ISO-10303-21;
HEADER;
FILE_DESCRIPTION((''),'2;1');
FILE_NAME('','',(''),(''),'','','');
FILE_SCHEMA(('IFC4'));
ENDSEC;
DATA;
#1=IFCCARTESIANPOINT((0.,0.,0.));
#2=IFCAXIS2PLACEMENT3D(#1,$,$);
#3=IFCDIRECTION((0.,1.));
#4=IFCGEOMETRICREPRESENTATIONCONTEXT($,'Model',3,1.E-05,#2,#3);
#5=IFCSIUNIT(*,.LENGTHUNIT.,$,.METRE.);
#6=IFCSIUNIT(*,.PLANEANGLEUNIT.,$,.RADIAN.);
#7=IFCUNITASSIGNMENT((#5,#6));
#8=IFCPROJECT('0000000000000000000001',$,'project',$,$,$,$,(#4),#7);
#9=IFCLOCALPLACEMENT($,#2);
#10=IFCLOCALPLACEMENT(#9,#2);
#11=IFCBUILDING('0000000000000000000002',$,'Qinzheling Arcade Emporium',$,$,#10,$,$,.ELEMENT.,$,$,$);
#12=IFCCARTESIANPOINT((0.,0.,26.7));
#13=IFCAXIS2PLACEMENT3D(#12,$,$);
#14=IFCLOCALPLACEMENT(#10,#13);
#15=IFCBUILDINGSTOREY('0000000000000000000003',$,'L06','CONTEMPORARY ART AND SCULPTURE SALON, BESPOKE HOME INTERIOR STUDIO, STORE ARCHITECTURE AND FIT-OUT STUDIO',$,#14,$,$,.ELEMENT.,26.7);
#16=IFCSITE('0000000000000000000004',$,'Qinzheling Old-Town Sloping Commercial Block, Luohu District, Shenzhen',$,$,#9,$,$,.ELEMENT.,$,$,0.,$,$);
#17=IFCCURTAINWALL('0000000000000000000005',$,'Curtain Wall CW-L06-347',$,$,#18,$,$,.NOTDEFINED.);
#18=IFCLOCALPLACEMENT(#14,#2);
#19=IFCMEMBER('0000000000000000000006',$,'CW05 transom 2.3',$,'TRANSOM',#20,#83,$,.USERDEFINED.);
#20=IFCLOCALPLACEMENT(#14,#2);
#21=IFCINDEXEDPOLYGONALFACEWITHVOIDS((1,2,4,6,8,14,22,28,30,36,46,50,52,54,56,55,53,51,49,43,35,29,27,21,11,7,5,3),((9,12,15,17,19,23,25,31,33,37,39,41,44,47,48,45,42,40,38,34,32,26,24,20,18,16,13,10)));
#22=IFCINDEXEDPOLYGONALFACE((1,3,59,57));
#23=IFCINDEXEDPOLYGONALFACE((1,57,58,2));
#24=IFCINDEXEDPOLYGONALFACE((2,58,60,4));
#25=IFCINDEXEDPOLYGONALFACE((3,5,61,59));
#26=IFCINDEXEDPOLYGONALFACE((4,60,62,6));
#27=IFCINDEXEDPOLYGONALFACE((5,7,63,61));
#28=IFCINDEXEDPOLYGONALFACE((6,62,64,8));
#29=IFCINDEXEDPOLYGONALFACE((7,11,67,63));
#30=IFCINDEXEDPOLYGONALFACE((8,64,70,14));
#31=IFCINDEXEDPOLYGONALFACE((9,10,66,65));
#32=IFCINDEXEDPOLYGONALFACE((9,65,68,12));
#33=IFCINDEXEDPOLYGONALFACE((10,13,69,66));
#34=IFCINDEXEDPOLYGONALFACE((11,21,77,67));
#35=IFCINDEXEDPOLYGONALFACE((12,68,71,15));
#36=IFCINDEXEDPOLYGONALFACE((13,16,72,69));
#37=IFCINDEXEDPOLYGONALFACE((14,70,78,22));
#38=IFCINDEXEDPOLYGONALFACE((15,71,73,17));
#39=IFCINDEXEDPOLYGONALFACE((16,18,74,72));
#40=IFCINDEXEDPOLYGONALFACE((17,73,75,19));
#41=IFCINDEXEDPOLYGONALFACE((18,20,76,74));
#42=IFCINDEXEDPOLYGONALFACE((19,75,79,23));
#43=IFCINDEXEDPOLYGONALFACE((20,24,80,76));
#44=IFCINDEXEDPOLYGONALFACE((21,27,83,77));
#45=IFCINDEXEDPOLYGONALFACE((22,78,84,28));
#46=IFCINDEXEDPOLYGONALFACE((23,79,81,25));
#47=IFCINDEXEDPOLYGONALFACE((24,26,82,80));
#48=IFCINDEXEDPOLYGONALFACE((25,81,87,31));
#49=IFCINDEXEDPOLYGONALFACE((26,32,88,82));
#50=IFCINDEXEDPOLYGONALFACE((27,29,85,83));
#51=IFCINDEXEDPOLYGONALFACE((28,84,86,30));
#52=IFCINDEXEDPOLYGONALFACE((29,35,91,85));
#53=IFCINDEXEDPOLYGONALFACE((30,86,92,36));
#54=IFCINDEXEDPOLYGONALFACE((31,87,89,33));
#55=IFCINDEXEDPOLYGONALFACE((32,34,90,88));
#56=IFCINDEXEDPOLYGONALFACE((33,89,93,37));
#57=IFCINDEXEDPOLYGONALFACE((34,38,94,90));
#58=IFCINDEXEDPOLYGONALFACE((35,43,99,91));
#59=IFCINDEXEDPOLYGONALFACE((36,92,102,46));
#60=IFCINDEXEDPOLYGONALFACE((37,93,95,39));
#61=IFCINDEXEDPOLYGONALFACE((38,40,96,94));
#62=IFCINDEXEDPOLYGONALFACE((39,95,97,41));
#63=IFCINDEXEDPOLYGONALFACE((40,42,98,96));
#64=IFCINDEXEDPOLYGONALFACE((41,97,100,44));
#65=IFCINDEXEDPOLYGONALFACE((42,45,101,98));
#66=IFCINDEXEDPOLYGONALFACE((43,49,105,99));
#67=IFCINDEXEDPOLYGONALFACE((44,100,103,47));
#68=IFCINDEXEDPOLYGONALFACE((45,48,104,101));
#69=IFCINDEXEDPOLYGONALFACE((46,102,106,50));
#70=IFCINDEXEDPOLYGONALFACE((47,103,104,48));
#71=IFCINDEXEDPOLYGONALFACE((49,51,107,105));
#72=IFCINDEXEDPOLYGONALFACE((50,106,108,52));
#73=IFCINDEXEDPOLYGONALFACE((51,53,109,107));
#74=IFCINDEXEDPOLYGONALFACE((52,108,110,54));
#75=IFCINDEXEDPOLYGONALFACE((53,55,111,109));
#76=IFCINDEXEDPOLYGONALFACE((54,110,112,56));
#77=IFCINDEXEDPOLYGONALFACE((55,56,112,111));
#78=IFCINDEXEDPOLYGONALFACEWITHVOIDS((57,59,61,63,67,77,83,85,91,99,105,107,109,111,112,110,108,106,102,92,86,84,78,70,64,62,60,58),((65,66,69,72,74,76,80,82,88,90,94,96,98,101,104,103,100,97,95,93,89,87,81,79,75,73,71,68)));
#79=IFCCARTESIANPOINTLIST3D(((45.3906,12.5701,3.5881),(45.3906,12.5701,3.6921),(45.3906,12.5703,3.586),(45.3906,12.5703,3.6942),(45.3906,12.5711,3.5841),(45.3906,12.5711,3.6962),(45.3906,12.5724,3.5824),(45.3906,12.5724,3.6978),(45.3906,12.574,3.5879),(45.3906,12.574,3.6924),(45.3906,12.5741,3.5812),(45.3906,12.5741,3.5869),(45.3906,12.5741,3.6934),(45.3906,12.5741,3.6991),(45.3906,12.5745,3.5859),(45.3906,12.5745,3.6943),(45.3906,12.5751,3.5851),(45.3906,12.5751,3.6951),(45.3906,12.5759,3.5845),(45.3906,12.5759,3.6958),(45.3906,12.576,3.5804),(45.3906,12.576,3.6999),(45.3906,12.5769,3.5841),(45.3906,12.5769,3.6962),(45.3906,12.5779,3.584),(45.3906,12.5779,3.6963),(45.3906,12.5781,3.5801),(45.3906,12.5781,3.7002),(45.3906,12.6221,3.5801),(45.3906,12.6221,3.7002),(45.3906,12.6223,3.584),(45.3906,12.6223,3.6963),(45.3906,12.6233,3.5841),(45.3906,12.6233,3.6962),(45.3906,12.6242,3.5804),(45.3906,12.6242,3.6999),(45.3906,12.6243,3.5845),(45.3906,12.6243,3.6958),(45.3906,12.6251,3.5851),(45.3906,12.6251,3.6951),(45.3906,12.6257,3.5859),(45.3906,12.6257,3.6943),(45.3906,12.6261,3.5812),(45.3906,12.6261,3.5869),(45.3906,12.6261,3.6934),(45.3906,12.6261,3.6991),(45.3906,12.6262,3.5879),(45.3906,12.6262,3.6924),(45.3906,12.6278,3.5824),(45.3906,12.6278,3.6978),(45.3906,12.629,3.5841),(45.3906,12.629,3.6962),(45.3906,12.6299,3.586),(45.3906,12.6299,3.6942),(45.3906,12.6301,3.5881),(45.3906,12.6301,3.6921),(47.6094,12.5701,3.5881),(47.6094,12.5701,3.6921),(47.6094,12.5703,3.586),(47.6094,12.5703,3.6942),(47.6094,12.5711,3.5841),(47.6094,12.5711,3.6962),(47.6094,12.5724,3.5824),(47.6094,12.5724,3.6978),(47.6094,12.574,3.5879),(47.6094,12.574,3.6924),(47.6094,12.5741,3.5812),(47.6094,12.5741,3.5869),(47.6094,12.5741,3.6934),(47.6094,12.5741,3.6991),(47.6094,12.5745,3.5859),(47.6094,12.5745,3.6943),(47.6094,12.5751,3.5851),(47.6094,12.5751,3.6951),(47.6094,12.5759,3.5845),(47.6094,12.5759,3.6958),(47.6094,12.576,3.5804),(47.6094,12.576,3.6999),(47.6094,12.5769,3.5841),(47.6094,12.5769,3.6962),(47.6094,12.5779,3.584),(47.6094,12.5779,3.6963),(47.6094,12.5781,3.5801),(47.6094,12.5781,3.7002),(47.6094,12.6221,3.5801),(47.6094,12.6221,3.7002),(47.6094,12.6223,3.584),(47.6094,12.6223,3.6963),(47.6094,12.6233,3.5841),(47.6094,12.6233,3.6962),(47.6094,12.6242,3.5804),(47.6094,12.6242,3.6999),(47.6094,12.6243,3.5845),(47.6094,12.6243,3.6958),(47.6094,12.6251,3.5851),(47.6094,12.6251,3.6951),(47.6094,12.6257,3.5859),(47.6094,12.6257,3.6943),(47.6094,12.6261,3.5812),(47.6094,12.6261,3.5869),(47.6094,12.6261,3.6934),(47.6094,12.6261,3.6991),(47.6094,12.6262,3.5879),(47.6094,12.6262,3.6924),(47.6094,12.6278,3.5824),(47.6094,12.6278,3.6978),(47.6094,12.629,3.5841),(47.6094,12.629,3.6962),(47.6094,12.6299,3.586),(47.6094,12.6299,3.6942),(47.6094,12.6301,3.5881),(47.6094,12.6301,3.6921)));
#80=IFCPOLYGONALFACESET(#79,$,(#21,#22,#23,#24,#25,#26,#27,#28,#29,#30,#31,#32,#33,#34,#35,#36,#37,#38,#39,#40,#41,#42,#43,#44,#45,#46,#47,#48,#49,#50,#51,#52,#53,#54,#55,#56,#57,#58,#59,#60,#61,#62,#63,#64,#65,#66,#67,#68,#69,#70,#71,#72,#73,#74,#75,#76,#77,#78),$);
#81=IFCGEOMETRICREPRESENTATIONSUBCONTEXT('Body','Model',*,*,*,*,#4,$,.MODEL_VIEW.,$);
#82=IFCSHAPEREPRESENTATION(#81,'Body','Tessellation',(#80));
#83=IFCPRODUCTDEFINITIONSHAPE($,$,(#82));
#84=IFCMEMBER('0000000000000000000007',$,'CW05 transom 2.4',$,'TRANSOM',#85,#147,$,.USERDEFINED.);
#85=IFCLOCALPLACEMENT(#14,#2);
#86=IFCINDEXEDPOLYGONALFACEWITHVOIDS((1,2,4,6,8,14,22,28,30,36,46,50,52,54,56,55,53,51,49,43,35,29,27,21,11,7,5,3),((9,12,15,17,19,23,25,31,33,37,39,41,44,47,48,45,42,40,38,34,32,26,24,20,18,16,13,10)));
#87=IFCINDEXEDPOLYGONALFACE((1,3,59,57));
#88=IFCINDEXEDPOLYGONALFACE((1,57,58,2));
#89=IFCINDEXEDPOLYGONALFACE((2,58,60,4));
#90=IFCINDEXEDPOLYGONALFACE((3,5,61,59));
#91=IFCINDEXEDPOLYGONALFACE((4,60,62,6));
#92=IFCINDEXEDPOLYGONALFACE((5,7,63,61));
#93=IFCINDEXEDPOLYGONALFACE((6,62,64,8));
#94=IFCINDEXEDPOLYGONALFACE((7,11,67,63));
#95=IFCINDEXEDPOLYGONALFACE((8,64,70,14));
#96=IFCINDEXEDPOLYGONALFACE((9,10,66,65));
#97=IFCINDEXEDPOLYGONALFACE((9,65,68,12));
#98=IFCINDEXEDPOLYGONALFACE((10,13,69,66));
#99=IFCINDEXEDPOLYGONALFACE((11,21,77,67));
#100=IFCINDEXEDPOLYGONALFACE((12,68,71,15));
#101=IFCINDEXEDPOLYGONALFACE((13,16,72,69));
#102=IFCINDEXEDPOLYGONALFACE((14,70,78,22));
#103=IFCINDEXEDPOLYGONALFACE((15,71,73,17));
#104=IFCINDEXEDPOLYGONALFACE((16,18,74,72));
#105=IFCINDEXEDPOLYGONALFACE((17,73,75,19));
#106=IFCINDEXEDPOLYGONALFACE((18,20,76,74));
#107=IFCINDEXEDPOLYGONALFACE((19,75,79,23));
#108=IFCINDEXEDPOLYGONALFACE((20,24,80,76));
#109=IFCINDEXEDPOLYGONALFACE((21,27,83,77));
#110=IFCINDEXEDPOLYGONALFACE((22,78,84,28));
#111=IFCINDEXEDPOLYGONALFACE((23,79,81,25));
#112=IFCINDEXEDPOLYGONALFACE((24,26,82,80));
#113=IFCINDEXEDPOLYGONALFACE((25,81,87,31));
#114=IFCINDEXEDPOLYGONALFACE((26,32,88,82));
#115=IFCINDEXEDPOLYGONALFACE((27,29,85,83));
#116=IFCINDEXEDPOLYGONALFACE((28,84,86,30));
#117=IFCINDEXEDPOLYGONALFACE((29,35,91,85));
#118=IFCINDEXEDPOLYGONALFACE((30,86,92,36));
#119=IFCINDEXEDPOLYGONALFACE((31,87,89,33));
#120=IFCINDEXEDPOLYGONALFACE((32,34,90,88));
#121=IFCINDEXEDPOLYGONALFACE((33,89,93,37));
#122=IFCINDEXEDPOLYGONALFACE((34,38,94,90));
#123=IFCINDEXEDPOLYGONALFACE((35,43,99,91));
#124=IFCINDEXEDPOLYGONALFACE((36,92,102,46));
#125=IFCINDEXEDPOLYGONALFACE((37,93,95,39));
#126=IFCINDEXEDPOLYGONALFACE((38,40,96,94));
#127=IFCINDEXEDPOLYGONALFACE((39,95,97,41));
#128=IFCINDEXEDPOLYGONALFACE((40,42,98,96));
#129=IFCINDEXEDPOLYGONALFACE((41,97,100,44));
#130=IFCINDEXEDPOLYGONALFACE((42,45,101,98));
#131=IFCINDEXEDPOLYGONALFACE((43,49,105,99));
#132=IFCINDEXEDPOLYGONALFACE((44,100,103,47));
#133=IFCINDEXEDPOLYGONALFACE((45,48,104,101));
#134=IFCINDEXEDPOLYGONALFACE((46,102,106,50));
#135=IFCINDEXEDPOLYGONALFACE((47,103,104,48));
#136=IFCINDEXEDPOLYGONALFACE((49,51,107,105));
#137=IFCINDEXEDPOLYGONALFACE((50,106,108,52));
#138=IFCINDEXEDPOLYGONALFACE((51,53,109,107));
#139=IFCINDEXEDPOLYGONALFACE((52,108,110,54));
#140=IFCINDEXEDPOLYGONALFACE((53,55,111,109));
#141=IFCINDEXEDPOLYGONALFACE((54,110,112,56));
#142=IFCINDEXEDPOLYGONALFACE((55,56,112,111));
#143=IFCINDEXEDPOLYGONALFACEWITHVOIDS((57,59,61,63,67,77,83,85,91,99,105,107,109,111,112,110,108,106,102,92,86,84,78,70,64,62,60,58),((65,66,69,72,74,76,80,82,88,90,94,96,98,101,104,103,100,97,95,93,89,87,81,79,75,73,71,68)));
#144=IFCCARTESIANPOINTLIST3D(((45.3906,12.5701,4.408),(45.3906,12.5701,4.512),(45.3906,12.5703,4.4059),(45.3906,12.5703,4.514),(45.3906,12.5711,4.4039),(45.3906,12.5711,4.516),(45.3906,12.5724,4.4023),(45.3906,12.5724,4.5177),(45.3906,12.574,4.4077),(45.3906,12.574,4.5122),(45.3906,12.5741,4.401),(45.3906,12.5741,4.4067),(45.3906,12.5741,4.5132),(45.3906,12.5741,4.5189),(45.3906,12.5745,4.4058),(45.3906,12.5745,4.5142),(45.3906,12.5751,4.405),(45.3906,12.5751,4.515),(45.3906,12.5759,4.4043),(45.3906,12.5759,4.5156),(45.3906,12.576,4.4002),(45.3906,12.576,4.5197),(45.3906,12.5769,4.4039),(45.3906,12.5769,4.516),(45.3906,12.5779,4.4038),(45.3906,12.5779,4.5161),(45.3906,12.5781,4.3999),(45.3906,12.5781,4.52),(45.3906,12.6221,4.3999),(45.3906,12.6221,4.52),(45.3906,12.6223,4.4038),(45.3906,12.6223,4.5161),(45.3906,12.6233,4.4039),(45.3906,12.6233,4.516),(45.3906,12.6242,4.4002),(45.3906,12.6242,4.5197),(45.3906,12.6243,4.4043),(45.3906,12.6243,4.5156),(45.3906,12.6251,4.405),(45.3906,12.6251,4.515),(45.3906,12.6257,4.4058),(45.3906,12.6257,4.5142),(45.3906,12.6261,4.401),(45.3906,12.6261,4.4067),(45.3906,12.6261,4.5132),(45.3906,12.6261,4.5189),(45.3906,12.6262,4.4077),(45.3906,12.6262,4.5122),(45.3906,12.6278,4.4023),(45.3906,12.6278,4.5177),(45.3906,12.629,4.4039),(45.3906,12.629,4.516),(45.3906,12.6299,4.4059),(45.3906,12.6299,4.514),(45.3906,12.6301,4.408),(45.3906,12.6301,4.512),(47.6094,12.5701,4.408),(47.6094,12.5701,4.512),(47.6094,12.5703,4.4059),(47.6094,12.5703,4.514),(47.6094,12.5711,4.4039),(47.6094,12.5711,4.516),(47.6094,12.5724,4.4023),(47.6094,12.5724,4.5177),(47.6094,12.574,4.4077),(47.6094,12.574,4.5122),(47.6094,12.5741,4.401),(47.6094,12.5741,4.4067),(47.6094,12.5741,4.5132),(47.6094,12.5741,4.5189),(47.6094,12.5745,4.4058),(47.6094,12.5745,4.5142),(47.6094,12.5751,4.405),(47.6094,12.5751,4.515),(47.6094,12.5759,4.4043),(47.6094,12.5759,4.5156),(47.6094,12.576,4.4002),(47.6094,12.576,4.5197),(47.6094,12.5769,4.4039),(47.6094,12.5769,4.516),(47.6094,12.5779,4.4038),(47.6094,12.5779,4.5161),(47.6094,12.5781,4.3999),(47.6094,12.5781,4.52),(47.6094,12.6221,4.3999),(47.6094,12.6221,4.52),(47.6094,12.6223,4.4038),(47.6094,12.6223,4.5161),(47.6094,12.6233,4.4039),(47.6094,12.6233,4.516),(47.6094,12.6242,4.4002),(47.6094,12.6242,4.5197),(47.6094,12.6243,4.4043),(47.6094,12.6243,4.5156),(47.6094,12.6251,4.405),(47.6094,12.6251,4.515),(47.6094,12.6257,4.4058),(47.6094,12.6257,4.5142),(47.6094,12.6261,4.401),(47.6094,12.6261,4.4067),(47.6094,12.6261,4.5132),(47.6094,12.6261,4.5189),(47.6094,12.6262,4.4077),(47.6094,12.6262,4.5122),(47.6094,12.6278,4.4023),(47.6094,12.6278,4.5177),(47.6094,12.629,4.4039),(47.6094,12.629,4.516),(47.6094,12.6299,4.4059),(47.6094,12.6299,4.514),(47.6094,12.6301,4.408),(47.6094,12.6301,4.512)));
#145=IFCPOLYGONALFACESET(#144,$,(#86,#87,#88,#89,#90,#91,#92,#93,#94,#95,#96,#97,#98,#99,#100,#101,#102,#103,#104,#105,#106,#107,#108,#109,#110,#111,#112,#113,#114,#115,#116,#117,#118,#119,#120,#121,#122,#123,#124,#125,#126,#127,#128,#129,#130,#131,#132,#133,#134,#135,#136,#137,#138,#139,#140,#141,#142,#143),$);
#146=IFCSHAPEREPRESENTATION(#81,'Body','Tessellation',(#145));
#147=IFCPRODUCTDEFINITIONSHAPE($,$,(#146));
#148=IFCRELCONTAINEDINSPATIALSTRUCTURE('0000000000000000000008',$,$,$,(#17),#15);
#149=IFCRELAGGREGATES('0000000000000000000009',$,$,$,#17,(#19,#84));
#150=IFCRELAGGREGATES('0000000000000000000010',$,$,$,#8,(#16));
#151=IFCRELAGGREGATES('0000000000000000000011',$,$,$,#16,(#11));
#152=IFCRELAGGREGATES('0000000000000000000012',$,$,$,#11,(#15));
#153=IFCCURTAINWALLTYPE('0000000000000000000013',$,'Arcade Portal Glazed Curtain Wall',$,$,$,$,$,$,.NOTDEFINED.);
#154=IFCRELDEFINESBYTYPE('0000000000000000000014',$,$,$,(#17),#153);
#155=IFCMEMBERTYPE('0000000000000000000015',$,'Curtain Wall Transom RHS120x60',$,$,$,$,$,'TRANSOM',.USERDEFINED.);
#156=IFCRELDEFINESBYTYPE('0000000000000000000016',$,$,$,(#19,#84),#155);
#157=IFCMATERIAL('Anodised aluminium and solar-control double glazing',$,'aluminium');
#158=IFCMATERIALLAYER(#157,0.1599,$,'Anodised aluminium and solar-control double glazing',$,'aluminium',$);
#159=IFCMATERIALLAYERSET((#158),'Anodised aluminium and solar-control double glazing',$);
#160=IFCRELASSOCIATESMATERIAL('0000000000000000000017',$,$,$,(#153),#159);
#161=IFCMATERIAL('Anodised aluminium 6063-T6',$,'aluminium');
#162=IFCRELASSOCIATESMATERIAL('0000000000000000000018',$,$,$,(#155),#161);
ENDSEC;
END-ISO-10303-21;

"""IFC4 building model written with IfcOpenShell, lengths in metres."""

from ifc_helpers import new_model, si_unit, direction, frame, origin, origin_2d, place, context, subcontext, project, spatial, hollow_rectangle, extrude, material, layer, layer_set, material_profile, profile_set, type_object, element, aggregate, save


model = new_model("IFC4")

# Units and contexts
model_context = context("Model", 3, precision=1e-05, world=origin(), true_north=direction((0.0, 1.0)))
body_context = subcontext(model_context, "Body", "Model", "MODEL_VIEW")
ifc_project = project(units=[si_unit("LENGTHUNIT", "METRE"), si_unit("PLANEANGLEUNIT", "RADIAN")], contexts=[model_context])

# Site, building, storey
site_placement = place(None, origin())
site = spatial("IfcSite", under=ifc_project, at=site_placement, Name="Qinzheling Old-Town Sloping Commercial Block, Luohu District, Shenzhen", CompositionType="ELEMENT", RefElevation=0.0)
building_placement = place(site_placement, origin())
building = spatial("IfcBuilding", under=site, at=building_placement, Name="Qinzheling Arcade Emporium", CompositionType="ELEMENT")
storey_placement = place(building_placement, frame((0.0, 0.0, 26.7)))
storey = spatial("IfcBuildingStorey", under=building, at=storey_placement, Name="L06", Description="CONTEMPORARY ART AND SCULPTURE SALON, BESPOKE HOME INTERIOR STUDIO, STORE ARCHITECTURE AND FIT-OUT STUDIO", CompositionType="ELEMENT", Elevation=26.7)

# Shared definitions
ifc_material_1 = material(Name="Anodised aluminium and solar-control double glazing", Category="aluminium")
ifc_layer_1 = layer(ifc_material_1, 0.1599, Name="Anodised aluminium and solar-control double glazing", Category="aluminium")
ifc_layer_set_1 = layer_set([ifc_layer_1], Name="Anodised aluminium and solar-control double glazing")
curtain_wall_type = type_object("IfcCurtainWallType", Name="Arcade Portal Glazed Curtain Wall", PredefinedType="NOTDEFINED", material=ifc_layer_set_1)
ifc_material_2 = material(Name="Anodised aluminium 6063-T6", Category="aluminium")

# Curtain wall, members
curtain_wall_1_placement = place(storey_placement, origin())
curtain_wall_1 = element("IfcCurtainWall", 1, at=curtain_wall_1_placement, inside=storey, type_object=curtain_wall_type, Name="Curtain Wall CW-L06-347", PredefinedType="NOTDEFINED")
ifc_material_profile_1 = material_profile(ifc_material_2, hollow_rectangle(XDim=0.0601, YDim=0.1201, WallThickness=0.0039, InnerFilletRadius=0.0039, OuterFilletRadius=0.0081, at=origin_2d()), Name="RHS 120x60x4", Category="aluminium")
ifc_profile_set_1 = profile_set([ifc_material_profile_1], Name="Anodised aluminium 6063-T6")
member_type_1 = type_object("IfcMemberType", Name="Curtain Wall Transom RHS120x60", ElementType="TRANSOM", PredefinedType="USERDEFINED", material=ifc_profile_set_1)
member_1_placement = place(storey_placement, frame((47.6094, 12.6001, 3.6401), z_axis=(-1.0, 0.0, 0.0), x_axis=(0.0, -1.0, 0.0)))
member_1 = element("IfcMember", 2, at=member_1_placement, type_object=member_type_1, Name="CW05 transom 2.3", ObjectType="TRANSOM", PredefinedType="USERDEFINED", context=body_context, shape_type="SweptSolid", body=[
    extrude(hollow_rectangle(XDim=0.0601, YDim=0.1201, WallThickness=0.0039, InnerFilletRadius=0.0039, OuterFilletRadius=0.0081, at=origin_2d()), origin(), (0.0, 0.0, 1.0), 2.2188),
])
member_2_placement = place(storey_placement, frame((47.6094, 12.6001, 4.46), z_axis=(-1.0, 0.0, 0.0), x_axis=(0.0, -1.0, 0.0)))
member_2 = element("IfcMember", 3, at=member_2_placement, type_object=member_type_1, Name="CW05 transom 2.4", ObjectType="TRANSOM", PredefinedType="USERDEFINED", context=body_context, shape_type="SweptSolid", body=[
    extrude(hollow_rectangle(XDim=0.0601, YDim=0.1201, WallThickness=0.0039, InnerFilletRadius=0.0039, OuterFilletRadius=0.0081, at=origin_2d()), origin(), (0.0, 0.0, 1.0), 2.2188),
])
aggregate(curtain_wall_1, [member_1, member_2])

save(model, "model.ifc")
